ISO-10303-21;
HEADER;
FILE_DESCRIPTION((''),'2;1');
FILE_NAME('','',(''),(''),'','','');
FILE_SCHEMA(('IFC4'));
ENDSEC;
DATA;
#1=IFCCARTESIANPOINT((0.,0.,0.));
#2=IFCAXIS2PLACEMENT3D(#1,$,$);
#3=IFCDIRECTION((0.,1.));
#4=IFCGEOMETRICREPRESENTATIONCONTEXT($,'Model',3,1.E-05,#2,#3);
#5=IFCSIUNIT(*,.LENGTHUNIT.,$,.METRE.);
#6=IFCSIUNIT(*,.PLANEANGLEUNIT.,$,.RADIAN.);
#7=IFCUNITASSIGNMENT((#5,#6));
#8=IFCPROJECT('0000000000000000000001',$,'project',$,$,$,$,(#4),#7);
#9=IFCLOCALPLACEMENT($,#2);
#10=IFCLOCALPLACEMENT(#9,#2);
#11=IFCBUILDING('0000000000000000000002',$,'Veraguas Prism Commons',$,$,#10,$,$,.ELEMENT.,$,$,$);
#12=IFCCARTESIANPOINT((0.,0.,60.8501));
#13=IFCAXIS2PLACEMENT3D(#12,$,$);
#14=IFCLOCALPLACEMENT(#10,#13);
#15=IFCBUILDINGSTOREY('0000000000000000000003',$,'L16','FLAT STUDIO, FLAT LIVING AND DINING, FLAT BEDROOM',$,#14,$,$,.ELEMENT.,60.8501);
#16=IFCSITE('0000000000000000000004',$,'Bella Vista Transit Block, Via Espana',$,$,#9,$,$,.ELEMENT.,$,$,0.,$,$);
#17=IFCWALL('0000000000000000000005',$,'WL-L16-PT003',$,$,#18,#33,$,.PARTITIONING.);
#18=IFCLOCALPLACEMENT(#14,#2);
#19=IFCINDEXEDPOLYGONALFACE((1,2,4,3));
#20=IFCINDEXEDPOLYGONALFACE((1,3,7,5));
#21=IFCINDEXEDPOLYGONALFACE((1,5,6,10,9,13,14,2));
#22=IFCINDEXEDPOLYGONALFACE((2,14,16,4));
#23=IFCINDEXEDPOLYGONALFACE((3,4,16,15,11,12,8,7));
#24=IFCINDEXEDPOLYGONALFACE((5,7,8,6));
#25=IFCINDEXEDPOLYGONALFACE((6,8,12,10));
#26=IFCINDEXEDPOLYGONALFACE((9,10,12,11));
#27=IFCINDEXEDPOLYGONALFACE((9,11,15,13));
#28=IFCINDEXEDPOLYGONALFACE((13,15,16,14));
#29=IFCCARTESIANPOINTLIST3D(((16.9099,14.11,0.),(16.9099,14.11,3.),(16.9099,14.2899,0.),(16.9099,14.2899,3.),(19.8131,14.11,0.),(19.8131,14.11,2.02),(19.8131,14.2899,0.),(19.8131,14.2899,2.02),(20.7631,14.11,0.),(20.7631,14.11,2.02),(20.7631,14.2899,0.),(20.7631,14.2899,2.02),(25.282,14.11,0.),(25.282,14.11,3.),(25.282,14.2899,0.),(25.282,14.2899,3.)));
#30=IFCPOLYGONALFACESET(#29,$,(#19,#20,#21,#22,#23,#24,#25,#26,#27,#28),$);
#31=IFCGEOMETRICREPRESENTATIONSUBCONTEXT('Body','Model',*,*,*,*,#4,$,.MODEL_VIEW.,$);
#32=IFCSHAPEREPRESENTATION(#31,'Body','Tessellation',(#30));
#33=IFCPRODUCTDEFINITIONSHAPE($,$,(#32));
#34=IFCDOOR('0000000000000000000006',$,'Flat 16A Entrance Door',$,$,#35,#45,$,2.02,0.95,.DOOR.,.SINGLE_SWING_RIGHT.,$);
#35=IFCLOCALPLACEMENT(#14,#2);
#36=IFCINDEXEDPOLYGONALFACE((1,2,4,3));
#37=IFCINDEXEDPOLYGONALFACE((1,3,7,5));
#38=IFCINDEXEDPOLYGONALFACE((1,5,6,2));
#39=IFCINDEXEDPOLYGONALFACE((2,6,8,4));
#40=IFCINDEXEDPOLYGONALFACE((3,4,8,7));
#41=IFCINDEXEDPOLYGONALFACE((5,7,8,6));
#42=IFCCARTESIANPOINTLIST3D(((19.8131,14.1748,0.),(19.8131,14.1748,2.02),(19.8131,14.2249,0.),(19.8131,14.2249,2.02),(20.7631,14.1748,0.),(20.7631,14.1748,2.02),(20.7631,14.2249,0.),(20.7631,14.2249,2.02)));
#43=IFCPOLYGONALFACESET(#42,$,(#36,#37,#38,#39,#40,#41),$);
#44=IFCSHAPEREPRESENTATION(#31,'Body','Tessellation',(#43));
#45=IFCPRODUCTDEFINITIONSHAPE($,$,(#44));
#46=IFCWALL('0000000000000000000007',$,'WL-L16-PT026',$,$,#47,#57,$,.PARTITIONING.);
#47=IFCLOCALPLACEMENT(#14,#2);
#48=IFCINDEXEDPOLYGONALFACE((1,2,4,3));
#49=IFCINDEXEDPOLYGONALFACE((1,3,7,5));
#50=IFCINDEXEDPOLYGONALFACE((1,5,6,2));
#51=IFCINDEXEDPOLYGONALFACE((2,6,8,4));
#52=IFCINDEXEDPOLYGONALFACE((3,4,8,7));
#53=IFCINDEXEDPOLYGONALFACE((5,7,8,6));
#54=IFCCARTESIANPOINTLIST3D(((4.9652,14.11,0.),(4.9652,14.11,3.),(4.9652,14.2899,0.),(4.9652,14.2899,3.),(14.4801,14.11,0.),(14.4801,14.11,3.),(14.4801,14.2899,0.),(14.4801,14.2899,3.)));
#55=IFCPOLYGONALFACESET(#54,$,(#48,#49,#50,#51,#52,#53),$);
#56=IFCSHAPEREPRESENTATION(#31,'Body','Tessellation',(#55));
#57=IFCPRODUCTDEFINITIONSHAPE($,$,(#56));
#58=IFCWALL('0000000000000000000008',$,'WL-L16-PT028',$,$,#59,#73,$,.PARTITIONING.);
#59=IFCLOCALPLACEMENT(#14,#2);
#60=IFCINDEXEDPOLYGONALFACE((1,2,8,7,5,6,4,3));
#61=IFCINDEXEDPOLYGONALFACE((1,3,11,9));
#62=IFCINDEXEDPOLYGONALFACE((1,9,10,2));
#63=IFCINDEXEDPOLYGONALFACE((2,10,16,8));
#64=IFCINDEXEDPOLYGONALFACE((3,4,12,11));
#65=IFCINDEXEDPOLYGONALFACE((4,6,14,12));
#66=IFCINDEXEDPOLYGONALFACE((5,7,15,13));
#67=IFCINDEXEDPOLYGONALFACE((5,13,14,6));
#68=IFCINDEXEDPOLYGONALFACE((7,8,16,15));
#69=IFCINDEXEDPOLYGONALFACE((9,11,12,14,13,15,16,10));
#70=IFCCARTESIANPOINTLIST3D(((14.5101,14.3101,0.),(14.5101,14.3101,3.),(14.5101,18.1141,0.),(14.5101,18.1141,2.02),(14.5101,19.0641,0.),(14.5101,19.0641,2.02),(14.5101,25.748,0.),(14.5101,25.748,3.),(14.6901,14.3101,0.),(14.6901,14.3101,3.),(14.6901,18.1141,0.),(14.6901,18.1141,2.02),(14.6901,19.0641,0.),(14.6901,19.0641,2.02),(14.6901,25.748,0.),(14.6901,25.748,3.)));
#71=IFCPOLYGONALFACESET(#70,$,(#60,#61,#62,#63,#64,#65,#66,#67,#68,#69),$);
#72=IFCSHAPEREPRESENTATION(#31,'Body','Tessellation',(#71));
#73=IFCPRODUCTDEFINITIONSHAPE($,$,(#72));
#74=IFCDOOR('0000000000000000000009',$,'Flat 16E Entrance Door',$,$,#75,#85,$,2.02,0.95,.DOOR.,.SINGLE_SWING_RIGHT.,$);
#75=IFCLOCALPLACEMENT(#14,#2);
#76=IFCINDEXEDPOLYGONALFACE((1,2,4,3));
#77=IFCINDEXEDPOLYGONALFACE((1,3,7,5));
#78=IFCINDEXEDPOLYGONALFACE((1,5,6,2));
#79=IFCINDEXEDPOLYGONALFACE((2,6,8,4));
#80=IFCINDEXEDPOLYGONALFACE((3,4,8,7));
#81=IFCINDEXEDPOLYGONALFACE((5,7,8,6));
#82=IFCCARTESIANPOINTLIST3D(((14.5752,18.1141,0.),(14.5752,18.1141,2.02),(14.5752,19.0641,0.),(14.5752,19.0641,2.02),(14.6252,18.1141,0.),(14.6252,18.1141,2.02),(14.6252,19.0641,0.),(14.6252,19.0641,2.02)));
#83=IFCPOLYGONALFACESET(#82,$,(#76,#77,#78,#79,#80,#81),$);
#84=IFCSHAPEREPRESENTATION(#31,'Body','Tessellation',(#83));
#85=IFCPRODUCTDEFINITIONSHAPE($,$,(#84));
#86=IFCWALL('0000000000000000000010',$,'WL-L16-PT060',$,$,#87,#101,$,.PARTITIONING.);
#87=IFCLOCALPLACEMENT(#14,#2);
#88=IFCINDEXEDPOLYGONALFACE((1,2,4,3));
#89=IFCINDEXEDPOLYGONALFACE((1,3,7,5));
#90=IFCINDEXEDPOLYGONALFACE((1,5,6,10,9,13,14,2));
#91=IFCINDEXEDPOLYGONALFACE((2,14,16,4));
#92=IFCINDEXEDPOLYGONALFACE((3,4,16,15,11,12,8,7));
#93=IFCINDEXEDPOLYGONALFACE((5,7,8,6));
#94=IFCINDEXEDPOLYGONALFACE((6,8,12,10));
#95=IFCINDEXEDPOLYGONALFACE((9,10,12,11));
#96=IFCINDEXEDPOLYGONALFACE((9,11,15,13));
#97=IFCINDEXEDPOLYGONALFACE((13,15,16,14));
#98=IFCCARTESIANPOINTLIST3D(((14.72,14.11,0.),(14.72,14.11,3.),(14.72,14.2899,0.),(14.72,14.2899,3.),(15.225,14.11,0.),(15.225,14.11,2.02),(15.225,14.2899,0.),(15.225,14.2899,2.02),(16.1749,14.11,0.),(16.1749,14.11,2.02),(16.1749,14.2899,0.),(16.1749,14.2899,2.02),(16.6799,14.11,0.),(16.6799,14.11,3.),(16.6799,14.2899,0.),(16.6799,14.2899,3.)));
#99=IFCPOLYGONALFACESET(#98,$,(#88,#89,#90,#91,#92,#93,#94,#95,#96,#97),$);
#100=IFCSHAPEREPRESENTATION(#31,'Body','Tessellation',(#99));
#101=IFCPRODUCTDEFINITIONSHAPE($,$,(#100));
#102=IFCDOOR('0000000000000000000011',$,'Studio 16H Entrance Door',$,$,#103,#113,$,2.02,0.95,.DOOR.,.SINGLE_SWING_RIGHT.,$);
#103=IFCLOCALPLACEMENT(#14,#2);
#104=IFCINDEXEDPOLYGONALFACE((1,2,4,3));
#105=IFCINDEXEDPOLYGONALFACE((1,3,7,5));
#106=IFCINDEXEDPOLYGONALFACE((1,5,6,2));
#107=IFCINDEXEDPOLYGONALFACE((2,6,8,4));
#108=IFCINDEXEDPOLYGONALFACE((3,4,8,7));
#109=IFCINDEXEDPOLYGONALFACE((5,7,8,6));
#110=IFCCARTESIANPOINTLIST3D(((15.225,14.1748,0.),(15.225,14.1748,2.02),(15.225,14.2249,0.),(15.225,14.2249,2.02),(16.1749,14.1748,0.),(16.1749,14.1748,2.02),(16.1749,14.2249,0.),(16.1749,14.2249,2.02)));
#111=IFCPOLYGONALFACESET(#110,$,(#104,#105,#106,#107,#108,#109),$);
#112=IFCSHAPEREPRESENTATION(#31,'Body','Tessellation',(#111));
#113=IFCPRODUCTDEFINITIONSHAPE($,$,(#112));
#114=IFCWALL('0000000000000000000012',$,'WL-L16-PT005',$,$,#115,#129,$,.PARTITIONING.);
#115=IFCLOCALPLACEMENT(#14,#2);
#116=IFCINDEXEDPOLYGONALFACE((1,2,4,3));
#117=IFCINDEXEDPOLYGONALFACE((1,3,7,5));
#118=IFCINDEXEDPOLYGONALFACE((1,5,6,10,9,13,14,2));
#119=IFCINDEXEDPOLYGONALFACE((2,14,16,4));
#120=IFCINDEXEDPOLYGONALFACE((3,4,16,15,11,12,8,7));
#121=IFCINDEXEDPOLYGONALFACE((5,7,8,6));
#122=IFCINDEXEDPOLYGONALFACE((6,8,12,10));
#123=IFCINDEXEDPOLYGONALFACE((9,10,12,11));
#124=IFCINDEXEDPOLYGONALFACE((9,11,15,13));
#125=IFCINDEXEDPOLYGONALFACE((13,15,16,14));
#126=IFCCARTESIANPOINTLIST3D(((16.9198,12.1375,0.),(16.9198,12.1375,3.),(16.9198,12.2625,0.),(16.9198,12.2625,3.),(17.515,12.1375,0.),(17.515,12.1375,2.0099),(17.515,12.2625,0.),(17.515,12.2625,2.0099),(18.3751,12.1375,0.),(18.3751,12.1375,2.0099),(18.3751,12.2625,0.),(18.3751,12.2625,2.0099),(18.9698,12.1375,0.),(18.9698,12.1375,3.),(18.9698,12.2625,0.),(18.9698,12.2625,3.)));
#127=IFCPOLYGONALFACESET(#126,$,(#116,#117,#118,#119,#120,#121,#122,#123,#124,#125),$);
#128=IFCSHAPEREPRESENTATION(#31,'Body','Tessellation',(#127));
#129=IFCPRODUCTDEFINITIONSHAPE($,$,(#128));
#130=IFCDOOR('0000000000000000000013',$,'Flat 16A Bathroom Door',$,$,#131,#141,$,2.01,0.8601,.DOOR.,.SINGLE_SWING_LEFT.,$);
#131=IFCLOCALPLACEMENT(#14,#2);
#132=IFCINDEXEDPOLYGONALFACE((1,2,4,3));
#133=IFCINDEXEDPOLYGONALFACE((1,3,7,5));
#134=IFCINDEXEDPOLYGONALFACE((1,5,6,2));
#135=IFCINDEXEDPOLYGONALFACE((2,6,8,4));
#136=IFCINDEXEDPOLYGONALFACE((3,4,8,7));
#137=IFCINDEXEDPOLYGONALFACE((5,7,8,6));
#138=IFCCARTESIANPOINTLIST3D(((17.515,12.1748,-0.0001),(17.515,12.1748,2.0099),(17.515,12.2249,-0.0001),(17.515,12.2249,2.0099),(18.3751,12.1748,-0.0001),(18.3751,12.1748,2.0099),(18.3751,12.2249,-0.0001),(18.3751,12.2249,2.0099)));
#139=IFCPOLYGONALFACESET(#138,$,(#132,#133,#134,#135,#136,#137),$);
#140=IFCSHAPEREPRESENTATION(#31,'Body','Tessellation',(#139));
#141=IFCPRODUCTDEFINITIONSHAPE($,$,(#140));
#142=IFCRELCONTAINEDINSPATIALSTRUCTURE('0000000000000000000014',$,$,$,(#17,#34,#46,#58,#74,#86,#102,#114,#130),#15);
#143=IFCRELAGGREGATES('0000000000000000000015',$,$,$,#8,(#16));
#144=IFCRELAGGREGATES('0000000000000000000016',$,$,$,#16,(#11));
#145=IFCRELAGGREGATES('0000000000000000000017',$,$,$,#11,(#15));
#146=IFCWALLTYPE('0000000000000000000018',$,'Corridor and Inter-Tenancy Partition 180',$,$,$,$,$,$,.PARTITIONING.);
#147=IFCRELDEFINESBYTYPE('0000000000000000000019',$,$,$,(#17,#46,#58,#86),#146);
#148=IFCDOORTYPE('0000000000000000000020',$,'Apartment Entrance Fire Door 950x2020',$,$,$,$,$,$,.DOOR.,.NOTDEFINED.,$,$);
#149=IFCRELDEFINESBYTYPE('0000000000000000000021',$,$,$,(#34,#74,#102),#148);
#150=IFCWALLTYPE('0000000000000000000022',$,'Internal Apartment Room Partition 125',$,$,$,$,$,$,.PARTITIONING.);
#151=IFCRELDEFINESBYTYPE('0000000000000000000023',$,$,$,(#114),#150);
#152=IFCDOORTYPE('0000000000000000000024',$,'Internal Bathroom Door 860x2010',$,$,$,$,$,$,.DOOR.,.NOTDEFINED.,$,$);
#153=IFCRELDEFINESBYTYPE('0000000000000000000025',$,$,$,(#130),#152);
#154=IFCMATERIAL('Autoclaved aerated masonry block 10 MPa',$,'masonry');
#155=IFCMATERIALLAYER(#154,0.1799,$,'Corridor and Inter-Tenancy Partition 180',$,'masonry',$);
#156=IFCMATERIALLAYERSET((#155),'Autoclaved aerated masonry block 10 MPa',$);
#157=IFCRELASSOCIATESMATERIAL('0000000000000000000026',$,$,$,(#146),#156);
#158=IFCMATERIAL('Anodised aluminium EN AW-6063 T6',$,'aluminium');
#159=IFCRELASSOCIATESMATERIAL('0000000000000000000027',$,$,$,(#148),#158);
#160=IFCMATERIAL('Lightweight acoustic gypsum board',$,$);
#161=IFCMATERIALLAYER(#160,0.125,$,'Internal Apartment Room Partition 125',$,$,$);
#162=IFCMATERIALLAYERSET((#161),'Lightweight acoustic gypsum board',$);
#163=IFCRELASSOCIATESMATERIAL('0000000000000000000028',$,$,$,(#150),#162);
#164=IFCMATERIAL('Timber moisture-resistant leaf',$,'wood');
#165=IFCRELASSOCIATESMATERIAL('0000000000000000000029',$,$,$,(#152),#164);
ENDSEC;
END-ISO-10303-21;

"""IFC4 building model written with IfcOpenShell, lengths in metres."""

from ifc_helpers import new_model, si_unit, direction, frame, frame_2d, origin, place, context, subcontext, project, spatial, rectangle, extrude, source, transform, mapped, material, layer, layer_set, type_object, element, fill, save


model = new_model("IFC4")

# Units and contexts
model_context = context("Model", 3, precision=1e-05, world=origin(), true_north=direction((0.0, 1.0)))
body_context = subcontext(model_context, "Body", "Model", "MODEL_VIEW")
ifc_project = project(units=[si_unit("LENGTHUNIT", "METRE"), si_unit("PLANEANGLEUNIT", "RADIAN")], contexts=[model_context])

# Site, building, storey
site_placement = place(None, origin())
site = spatial("IfcSite", under=ifc_project, at=site_placement, Name="Bella Vista Transit Block, Via Espana", CompositionType="ELEMENT", RefElevation=0.0)
building_placement = place(site_placement, origin())
building = spatial("IfcBuilding", under=site, at=building_placement, Name="Veraguas Prism Commons", CompositionType="ELEMENT")
storey_placement = place(building_placement, frame((0.0, 0.0, 60.8501)))
storey = spatial("IfcBuildingStorey", under=building, at=storey_placement, Name="L16", Description="FLAT STUDIO, FLAT LIVING AND DINING, FLAT BEDROOM", CompositionType="ELEMENT", Elevation=60.8501)

# Shared definitions
ifc_material_1 = material(Name="Autoclaved aerated masonry block 10 MPa", Category="masonry")
ifc_layer_1 = layer(ifc_material_1, 0.1799, Name="Corridor and Inter-Tenancy Partition 180", Category="masonry")
ifc_layer_set_1 = layer_set([ifc_layer_1], Name="Autoclaved aerated masonry block 10 MPa")
wall_type_1 = type_object("IfcWallType", Name="Corridor and Inter-Tenancy Partition 180", PredefinedType="PARTITIONING", material=ifc_layer_set_1)

# Wall, opening, door
wall_1_placement = place(storey_placement, frame((16.9099, 14.2, 0.0), z_axis=(0.0, 0.0, 1.0), x_axis=(1.0, 0.0, 0.0)))
wall_1 = element("IfcWall", 1, at=wall_1_placement, inside=storey, type_object=wall_type_1, Name="WL-L16-PT003", PredefinedType="PARTITIONING", context=body_context, shape_type="SweptSolid", body=[
    extrude(rectangle(XDim=8.3721, YDim=0.1799, at=frame_2d((4.186, 0.0))), origin(), (0.0, 0.0, 1.0), 3.0),
])
opening_1_placement = place(wall_1_placement, frame((2.9031, 0.0, 0.0)))
opening_1 = element("IfcOpeningElement", 2, at=opening_1_placement, cuts=wall_1, PredefinedType="OPENING", context=body_context, shape_type="SweptSolid", body=[
    extrude(rectangle(XDim=0.95, YDim=2.02, at=frame_2d((0.4751, 1.01))), frame((0.0, 0.0999, 0.0), z_axis=(0.0, -1.0, 0.0), x_axis=(1.0, 0.0, 0.0)), (0.0, 0.0, 1.0), 0.2),
])
ifc_material_2 = material(Name="Anodised aluminium EN AW-6063 T6", Category="aluminium")
door_type_1 = type_object("IfcDoorType", Name="Apartment Entrance Fire Door 950x2020", OperationType="NOTDEFINED", PredefinedType="DOOR", material=ifc_material_2)
shared_shape_1 = source(origin(), body_context, "Body", "SweptSolid", [
    extrude(rectangle(XDim=0.95, YDim=2.02, at=frame_2d((0.4751, 1.01))), frame((0.0, 0.0249, 0.0), z_axis=(0.0, -1.0, 0.0), x_axis=(1.0, 0.0, 0.0)), (0.0, 0.0, 1.0), 0.05),
])
door_1_placement = place(opening_1_placement, origin())
door_1 = element("IfcDoor", 3, at=door_1_placement, inside=storey, type_object=door_type_1, Name="Flat 16A Entrance Door", OperationType="SINGLE_SWING_RIGHT", OverallHeight=2.02, OverallWidth=0.95, PredefinedType="DOOR", context=body_context, shape_type="MappedRepresentation", body=[
    mapped(shared_shape_1, transform((0.0, 0.0, 0.0), scale=1.0)),
])
fill(opening_1, door_1)

# Wall
wall_2_placement = place(storey_placement, frame((14.48, 14.2, 0.0), z_axis=(0.0, 0.0, 1.0), x_axis=(-1.0, 0.0, 0.0)))
element("IfcWall", 4, at=wall_2_placement, inside=storey, type_object=wall_type_1, Name="WL-L16-PT026", PredefinedType="PARTITIONING", context=body_context, shape_type="SweptSolid", body=[
    extrude(rectangle(XDim=9.5149, YDim=0.1799, at=frame_2d((4.7573, 0.0))), origin(), (0.0, 0.0, 1.0), 3.0),
])

# Walls, openings, doors
wall_3_placement = place(storey_placement, frame((14.6001, 14.3101, 0.0), z_axis=(0.0, 0.0, 1.0), x_axis=(0.0, 1.0, 0.0)))
wall_3 = element("IfcWall", 5, at=wall_3_placement, inside=storey, type_object=wall_type_1, Name="WL-L16-PT028", PredefinedType="PARTITIONING", context=body_context, shape_type="SweptSolid", body=[
    extrude(rectangle(XDim=11.438, YDim=0.1799, at=frame_2d((5.719, 0.0))), origin(), (0.0, 0.0, 1.0), 3.0),
])
opening_2_placement = place(wall_3_placement, frame((3.804, 0.0, 0.0)))
opening_2 = element("IfcOpeningElement", 6, at=opening_2_placement, cuts=wall_3, PredefinedType="OPENING", context=body_context, shape_type="SweptSolid", body=[
    extrude(rectangle(XDim=0.95, YDim=2.02, at=frame_2d((0.4751, 1.01))), frame((0.0, 0.0999, 0.0), z_axis=(0.0, -1.0, 0.0), x_axis=(1.0, 0.0, 0.0)), (0.0, 0.0, 1.0), 0.2),
])
door_2_placement = place(opening_2_placement, origin())
door_2 = element("IfcDoor", 7, at=door_2_placement, inside=storey, type_object=door_type_1, Name="Flat 16E Entrance Door", OperationType="SINGLE_SWING_RIGHT", OverallHeight=2.02, OverallWidth=0.95, PredefinedType="DOOR", context=body_context, shape_type="MappedRepresentation", body=[
    mapped(shared_shape_1, transform((0.0, 0.0, 0.0), scale=1.0)),
])
fill(opening_2, door_2)
wall_4_placement = place(storey_placement, frame((14.72, 14.2, 0.0), z_axis=(0.0, 0.0, 1.0), x_axis=(1.0, 0.0, 0.0)))
wall_4 = element("IfcWall", 8, at=wall_4_placement, inside=storey, type_object=wall_type_1, Name="WL-L16-PT060", PredefinedType="PARTITIONING", context=body_context, shape_type="SweptSolid", body=[
    extrude(rectangle(XDim=1.96, YDim=0.1799, at=frame_2d((0.98, 0.0))), origin(), (0.0, 0.0, 1.0), 3.0),
])
opening_3_placement = place(wall_4_placement, frame((0.5049, 0.0, 0.0)))
opening_3 = element("IfcOpeningElement", 9, at=opening_3_placement, cuts=wall_4, PredefinedType="OPENING", context=body_context, shape_type="SweptSolid", body=[
    extrude(rectangle(XDim=0.95, YDim=2.02, at=frame_2d((0.4751, 1.01))), frame((0.0, 0.0999, 0.0), z_axis=(0.0, -1.0, 0.0), x_axis=(1.0, 0.0, 0.0)), (0.0, 0.0, 1.0), 0.2),
])
door_3_placement = place(opening_3_placement, origin())
door_3 = element("IfcDoor", 10, at=door_3_placement, inside=storey, type_object=door_type_1, Name="Studio 16H Entrance Door", OperationType="SINGLE_SWING_RIGHT", OverallHeight=2.02, OverallWidth=0.95, PredefinedType="DOOR", context=body_context, shape_type="MappedRepresentation", body=[
    mapped(shared_shape_1, transform((0.0, 0.0, 0.0), scale=1.0)),
])
fill(opening_3, door_3)
ifc_material_3 = material(Name="Lightweight acoustic gypsum board")
ifc_layer_2 = layer(ifc_material_3, 0.125, Name="Internal Apartment Room Partition 125")
ifc_layer_set_2 = layer_set([ifc_layer_2], Name="Lightweight acoustic gypsum board")
wall_type_2 = type_object("IfcWallType", Name="Internal Apartment Room Partition 125", PredefinedType="PARTITIONING", material=ifc_layer_set_2)
wall_5_placement = place(storey_placement, frame((16.9199, 12.2, 0.0), z_axis=(0.0, 0.0, 1.0), x_axis=(1.0, 0.0, 0.0)))
wall_5 = element("IfcWall", 11, at=wall_5_placement, inside=storey, type_object=wall_type_2, Name="WL-L16-PT005", PredefinedType="PARTITIONING", context=body_context, shape_type="SweptSolid", body=[
    extrude(rectangle(XDim=2.05, YDim=0.125, at=frame_2d((1.0249, 0.0))), origin(), (0.0, 0.0, 1.0), 3.0),
])
opening_4_placement = place(wall_5_placement, frame((0.595, 0.0, 0.0)))
opening_4 = element("IfcOpeningElement", 12, at=opening_4_placement, cuts=wall_5, PredefinedType="OPENING", context=body_context, shape_type="SweptSolid", body=[
    extrude(rectangle(XDim=0.8601, YDim=2.01, at=frame_2d((0.4302, 1.0049))), frame((0.0, 0.0725, 0.0), z_axis=(0.0, -1.0, 0.0), x_axis=(1.0, 0.0, 0.0)), (0.0, 0.0, 1.0), 0.145),
])
ifc_material_4 = material(Name="Timber moisture-resistant leaf", Category="wood")
door_type_2 = type_object("IfcDoorType", Name="Internal Bathroom Door 860x2010", OperationType="NOTDEFINED", PredefinedType="DOOR", material=ifc_material_4)
shared_shape_2 = source(origin(), body_context, "Body", "SweptSolid", [
    extrude(rectangle(XDim=0.8601, YDim=2.01, at=frame_2d((0.4302, 1.0049))), frame((0.0, 0.0249, 0.0), z_axis=(0.0, -1.0, 0.0), x_axis=(1.0, 0.0, 0.0)), (0.0, 0.0, 1.0), 0.05),
])
door_4_placement = place(opening_4_placement, origin())
door_4 = element("IfcDoor", 13, at=door_4_placement, inside=storey, type_object=door_type_2, Name="Flat 16A Bathroom Door", OperationType="SINGLE_SWING_LEFT", OverallHeight=2.01, OverallWidth=0.8601, PredefinedType="DOOR", context=body_context, shape_type="MappedRepresentation", body=[
    mapped(shared_shape_2, transform((0.0, 0.0, 0.0), scale=1.0)),
])
fill(opening_4, door_4)

save(model, "model.ifc")
